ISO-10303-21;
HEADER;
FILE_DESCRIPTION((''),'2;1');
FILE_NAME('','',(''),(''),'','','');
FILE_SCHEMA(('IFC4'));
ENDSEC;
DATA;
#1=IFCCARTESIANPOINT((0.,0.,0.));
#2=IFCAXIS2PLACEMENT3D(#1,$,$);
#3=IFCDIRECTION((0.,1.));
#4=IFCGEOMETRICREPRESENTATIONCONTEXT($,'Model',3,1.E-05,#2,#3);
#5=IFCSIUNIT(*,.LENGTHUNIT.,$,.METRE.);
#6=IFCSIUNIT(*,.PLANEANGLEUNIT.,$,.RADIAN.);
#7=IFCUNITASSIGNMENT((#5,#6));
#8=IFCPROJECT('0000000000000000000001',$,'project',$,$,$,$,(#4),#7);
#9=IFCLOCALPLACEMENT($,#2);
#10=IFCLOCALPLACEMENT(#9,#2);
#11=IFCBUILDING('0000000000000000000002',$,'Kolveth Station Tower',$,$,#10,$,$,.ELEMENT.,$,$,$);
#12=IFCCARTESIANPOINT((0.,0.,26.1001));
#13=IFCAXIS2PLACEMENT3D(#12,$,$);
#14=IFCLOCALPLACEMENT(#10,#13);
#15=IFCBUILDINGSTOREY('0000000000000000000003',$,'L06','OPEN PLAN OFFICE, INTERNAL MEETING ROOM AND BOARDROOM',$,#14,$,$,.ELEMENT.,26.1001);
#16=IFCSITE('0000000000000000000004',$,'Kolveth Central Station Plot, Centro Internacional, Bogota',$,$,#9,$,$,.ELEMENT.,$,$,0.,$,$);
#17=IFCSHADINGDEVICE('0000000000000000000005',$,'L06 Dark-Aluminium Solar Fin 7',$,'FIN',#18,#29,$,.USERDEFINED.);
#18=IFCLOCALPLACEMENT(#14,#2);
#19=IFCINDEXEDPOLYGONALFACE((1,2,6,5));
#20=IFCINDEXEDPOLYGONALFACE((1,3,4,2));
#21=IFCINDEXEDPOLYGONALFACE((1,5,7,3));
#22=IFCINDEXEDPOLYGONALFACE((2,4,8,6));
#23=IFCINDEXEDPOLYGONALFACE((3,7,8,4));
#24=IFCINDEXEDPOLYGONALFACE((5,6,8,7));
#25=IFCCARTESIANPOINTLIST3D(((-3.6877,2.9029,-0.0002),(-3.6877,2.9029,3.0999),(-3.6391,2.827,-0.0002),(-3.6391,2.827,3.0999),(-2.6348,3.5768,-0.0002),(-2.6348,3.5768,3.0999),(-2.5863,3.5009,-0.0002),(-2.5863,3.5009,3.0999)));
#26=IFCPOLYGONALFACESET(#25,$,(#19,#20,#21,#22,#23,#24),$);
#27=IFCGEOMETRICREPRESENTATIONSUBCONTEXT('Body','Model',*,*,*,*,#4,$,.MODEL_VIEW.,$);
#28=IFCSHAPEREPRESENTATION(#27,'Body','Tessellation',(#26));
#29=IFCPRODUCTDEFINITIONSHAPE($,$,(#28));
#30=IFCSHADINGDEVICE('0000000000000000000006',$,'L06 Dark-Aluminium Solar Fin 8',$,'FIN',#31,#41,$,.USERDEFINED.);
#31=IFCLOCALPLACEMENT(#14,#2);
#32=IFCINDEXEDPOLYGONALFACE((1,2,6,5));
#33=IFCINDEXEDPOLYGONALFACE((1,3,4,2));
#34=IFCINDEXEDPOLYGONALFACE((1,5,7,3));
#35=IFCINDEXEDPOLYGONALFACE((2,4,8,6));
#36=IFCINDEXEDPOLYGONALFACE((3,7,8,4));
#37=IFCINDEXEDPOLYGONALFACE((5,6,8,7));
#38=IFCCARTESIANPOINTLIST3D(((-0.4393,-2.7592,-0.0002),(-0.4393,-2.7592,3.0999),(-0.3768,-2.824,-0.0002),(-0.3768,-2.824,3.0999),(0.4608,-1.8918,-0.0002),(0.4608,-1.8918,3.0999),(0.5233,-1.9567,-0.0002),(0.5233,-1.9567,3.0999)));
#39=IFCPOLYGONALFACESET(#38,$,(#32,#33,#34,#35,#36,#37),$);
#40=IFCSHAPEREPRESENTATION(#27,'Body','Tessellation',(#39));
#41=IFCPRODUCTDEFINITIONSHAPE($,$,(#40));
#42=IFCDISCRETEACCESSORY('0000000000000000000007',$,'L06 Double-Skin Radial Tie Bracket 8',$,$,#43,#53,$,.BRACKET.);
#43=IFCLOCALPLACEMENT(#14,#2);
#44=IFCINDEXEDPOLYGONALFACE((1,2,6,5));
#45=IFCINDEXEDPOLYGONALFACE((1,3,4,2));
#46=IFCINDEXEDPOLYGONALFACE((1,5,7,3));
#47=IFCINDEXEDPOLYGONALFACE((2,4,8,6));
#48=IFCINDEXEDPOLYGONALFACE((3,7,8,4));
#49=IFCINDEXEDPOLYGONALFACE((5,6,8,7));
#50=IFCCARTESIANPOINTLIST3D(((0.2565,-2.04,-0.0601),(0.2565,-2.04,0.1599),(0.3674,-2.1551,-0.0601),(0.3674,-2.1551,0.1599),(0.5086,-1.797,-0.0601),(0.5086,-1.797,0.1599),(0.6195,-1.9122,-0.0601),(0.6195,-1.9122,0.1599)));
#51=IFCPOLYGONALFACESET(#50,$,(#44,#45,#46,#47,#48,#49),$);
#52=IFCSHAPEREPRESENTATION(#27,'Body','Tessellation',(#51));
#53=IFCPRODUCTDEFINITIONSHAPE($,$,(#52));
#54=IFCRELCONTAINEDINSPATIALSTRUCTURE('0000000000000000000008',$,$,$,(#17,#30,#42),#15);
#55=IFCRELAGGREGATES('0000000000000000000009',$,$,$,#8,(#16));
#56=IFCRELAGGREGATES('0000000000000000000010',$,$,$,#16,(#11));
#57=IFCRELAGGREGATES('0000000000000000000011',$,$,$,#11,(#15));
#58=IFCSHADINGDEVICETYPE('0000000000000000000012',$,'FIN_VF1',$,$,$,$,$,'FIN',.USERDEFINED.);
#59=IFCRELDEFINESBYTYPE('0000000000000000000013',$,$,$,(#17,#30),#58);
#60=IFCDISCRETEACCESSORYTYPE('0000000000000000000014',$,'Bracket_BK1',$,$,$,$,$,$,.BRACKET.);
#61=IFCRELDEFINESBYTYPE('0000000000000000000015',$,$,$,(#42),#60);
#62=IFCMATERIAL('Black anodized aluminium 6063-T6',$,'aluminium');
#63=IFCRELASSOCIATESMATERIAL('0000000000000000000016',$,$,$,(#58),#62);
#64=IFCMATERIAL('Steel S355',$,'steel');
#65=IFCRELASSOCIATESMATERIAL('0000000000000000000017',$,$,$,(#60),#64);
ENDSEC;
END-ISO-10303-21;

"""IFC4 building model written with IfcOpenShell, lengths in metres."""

from ifc_helpers import new_model, si_unit, direction, frame, origin, origin_2d, place, context, subcontext, project, spatial, rectangle, extrude, source, transform, mapped, material, type_object, element, save


model = new_model("IFC4")

# Units and contexts
model_context = context("Model", 3, precision=1e-05, world=origin(), true_north=direction((0.0, 1.0)))
body_context = subcontext(model_context, "Body", "Model", "MODEL_VIEW")
ifc_project = project(units=[si_unit("LENGTHUNIT", "METRE"), si_unit("PLANEANGLEUNIT", "RADIAN")], contexts=[model_context])

# Site, building, storey
site_placement = place(None, origin())
site = spatial("IfcSite", under=ifc_project, at=site_placement, Name="Kolveth Central Station Plot, Centro Internacional, Bogota", CompositionType="ELEMENT", RefElevation=0.0)
building_placement = place(site_placement, origin())
building = spatial("IfcBuilding", under=site, at=building_placement, Name="Kolveth Station Tower", CompositionType="ELEMENT")
storey_placement = place(building_placement, frame((0.0, 0.0, 26.1001)))
storey = spatial("IfcBuildingStorey", under=building, at=storey_placement, Name="L06", Description="OPEN PLAN OFFICE, INTERNAL MEETING ROOM AND BOARDROOM", CompositionType="ELEMENT", Elevation=26.1001)

# Shared definitions
ifc_material_1 = material(Name="Steel S355", Category="steel")

# Shared definitions
ifc_material_2 = material(Name="Black anodized aluminium 6063-T6", Category="aluminium")

# Shading devices
shading_device_type = type_object("IfcShadingDeviceType", Name="FIN_VF1", ElementType="FIN", PredefinedType="USERDEFINED", material=ifc_material_2)
shared_shape_1 = source(origin(), body_context, "Body", "SweptSolid", [
    extrude(rectangle(XDim=1.25, YDim=0.0901, at=origin_2d()), origin(), (0.0, 0.0, 1.0), 3.1001),
])
for number, where, z_axis, x_axis, name in (
    (1, (-3.137, 3.2019, -0.0002), (0.0, 0.0, 1.0), (-0.842264, -0.539065, 0.0), "L06 Dark-Aluminium Solar Fin 7"),
    (2, (0.042, -2.3579, -0.0002), (0.0, 0.0, 1.0), (-0.720067, -0.693905, 0.0), "L06 Dark-Aluminium Solar Fin 8"),
):
    element("IfcShadingDevice", number, at=place(storey_placement, frame(where, z_axis=z_axis, x_axis=x_axis)), inside=storey, type_object=shading_device_type, Name=name, ObjectType="FIN", PredefinedType="USERDEFINED", context=body_context, shape_type="MappedRepresentation", body=[
        mapped(shared_shape_1, transform((0.0, 0.0, 0.0), x_axis=(1.0, 0.0, 0.0), y_axis=(0.0, 1.0, 0.0), z_axis=(0.0, 0.0, 1.0), scale=1.0)),
    ])

# Discrete accessory
discrete_accessory_type = type_object("IfcDiscreteAccessoryType", Name="Bracket_BK1", PredefinedType="BRACKET", material=ifc_material_1)
shared_shape_2 = source(origin(), body_context, "Body", "SweptSolid", [
    extrude(rectangle(XDim=0.3501, YDim=0.1599, at=origin_2d()), origin(), (0.0, 0.0, 1.0), 0.22),
])
discrete_accessory_placement = place(storey_placement, frame((0.438, -1.9761, -0.0601), z_axis=(0.0, 0.0, 1.0), x_axis=(-0.720067, -0.693905, 0.0)))
element("IfcDiscreteAccessory", 3, at=discrete_accessory_placement, inside=storey, type_object=discrete_accessory_type, Name="L06 Double-Skin Radial Tie Bracket 8", PredefinedType="BRACKET", context=body_context, shape_type="MappedRepresentation", body=[
    mapped(shared_shape_2, transform((0.0, 0.0, 0.0), x_axis=(1.0, 0.0, 0.0), y_axis=(0.0, 1.0, 0.0), z_axis=(0.0, 0.0, 1.0), scale=1.0)),
])

save(model, "model.ifc")
